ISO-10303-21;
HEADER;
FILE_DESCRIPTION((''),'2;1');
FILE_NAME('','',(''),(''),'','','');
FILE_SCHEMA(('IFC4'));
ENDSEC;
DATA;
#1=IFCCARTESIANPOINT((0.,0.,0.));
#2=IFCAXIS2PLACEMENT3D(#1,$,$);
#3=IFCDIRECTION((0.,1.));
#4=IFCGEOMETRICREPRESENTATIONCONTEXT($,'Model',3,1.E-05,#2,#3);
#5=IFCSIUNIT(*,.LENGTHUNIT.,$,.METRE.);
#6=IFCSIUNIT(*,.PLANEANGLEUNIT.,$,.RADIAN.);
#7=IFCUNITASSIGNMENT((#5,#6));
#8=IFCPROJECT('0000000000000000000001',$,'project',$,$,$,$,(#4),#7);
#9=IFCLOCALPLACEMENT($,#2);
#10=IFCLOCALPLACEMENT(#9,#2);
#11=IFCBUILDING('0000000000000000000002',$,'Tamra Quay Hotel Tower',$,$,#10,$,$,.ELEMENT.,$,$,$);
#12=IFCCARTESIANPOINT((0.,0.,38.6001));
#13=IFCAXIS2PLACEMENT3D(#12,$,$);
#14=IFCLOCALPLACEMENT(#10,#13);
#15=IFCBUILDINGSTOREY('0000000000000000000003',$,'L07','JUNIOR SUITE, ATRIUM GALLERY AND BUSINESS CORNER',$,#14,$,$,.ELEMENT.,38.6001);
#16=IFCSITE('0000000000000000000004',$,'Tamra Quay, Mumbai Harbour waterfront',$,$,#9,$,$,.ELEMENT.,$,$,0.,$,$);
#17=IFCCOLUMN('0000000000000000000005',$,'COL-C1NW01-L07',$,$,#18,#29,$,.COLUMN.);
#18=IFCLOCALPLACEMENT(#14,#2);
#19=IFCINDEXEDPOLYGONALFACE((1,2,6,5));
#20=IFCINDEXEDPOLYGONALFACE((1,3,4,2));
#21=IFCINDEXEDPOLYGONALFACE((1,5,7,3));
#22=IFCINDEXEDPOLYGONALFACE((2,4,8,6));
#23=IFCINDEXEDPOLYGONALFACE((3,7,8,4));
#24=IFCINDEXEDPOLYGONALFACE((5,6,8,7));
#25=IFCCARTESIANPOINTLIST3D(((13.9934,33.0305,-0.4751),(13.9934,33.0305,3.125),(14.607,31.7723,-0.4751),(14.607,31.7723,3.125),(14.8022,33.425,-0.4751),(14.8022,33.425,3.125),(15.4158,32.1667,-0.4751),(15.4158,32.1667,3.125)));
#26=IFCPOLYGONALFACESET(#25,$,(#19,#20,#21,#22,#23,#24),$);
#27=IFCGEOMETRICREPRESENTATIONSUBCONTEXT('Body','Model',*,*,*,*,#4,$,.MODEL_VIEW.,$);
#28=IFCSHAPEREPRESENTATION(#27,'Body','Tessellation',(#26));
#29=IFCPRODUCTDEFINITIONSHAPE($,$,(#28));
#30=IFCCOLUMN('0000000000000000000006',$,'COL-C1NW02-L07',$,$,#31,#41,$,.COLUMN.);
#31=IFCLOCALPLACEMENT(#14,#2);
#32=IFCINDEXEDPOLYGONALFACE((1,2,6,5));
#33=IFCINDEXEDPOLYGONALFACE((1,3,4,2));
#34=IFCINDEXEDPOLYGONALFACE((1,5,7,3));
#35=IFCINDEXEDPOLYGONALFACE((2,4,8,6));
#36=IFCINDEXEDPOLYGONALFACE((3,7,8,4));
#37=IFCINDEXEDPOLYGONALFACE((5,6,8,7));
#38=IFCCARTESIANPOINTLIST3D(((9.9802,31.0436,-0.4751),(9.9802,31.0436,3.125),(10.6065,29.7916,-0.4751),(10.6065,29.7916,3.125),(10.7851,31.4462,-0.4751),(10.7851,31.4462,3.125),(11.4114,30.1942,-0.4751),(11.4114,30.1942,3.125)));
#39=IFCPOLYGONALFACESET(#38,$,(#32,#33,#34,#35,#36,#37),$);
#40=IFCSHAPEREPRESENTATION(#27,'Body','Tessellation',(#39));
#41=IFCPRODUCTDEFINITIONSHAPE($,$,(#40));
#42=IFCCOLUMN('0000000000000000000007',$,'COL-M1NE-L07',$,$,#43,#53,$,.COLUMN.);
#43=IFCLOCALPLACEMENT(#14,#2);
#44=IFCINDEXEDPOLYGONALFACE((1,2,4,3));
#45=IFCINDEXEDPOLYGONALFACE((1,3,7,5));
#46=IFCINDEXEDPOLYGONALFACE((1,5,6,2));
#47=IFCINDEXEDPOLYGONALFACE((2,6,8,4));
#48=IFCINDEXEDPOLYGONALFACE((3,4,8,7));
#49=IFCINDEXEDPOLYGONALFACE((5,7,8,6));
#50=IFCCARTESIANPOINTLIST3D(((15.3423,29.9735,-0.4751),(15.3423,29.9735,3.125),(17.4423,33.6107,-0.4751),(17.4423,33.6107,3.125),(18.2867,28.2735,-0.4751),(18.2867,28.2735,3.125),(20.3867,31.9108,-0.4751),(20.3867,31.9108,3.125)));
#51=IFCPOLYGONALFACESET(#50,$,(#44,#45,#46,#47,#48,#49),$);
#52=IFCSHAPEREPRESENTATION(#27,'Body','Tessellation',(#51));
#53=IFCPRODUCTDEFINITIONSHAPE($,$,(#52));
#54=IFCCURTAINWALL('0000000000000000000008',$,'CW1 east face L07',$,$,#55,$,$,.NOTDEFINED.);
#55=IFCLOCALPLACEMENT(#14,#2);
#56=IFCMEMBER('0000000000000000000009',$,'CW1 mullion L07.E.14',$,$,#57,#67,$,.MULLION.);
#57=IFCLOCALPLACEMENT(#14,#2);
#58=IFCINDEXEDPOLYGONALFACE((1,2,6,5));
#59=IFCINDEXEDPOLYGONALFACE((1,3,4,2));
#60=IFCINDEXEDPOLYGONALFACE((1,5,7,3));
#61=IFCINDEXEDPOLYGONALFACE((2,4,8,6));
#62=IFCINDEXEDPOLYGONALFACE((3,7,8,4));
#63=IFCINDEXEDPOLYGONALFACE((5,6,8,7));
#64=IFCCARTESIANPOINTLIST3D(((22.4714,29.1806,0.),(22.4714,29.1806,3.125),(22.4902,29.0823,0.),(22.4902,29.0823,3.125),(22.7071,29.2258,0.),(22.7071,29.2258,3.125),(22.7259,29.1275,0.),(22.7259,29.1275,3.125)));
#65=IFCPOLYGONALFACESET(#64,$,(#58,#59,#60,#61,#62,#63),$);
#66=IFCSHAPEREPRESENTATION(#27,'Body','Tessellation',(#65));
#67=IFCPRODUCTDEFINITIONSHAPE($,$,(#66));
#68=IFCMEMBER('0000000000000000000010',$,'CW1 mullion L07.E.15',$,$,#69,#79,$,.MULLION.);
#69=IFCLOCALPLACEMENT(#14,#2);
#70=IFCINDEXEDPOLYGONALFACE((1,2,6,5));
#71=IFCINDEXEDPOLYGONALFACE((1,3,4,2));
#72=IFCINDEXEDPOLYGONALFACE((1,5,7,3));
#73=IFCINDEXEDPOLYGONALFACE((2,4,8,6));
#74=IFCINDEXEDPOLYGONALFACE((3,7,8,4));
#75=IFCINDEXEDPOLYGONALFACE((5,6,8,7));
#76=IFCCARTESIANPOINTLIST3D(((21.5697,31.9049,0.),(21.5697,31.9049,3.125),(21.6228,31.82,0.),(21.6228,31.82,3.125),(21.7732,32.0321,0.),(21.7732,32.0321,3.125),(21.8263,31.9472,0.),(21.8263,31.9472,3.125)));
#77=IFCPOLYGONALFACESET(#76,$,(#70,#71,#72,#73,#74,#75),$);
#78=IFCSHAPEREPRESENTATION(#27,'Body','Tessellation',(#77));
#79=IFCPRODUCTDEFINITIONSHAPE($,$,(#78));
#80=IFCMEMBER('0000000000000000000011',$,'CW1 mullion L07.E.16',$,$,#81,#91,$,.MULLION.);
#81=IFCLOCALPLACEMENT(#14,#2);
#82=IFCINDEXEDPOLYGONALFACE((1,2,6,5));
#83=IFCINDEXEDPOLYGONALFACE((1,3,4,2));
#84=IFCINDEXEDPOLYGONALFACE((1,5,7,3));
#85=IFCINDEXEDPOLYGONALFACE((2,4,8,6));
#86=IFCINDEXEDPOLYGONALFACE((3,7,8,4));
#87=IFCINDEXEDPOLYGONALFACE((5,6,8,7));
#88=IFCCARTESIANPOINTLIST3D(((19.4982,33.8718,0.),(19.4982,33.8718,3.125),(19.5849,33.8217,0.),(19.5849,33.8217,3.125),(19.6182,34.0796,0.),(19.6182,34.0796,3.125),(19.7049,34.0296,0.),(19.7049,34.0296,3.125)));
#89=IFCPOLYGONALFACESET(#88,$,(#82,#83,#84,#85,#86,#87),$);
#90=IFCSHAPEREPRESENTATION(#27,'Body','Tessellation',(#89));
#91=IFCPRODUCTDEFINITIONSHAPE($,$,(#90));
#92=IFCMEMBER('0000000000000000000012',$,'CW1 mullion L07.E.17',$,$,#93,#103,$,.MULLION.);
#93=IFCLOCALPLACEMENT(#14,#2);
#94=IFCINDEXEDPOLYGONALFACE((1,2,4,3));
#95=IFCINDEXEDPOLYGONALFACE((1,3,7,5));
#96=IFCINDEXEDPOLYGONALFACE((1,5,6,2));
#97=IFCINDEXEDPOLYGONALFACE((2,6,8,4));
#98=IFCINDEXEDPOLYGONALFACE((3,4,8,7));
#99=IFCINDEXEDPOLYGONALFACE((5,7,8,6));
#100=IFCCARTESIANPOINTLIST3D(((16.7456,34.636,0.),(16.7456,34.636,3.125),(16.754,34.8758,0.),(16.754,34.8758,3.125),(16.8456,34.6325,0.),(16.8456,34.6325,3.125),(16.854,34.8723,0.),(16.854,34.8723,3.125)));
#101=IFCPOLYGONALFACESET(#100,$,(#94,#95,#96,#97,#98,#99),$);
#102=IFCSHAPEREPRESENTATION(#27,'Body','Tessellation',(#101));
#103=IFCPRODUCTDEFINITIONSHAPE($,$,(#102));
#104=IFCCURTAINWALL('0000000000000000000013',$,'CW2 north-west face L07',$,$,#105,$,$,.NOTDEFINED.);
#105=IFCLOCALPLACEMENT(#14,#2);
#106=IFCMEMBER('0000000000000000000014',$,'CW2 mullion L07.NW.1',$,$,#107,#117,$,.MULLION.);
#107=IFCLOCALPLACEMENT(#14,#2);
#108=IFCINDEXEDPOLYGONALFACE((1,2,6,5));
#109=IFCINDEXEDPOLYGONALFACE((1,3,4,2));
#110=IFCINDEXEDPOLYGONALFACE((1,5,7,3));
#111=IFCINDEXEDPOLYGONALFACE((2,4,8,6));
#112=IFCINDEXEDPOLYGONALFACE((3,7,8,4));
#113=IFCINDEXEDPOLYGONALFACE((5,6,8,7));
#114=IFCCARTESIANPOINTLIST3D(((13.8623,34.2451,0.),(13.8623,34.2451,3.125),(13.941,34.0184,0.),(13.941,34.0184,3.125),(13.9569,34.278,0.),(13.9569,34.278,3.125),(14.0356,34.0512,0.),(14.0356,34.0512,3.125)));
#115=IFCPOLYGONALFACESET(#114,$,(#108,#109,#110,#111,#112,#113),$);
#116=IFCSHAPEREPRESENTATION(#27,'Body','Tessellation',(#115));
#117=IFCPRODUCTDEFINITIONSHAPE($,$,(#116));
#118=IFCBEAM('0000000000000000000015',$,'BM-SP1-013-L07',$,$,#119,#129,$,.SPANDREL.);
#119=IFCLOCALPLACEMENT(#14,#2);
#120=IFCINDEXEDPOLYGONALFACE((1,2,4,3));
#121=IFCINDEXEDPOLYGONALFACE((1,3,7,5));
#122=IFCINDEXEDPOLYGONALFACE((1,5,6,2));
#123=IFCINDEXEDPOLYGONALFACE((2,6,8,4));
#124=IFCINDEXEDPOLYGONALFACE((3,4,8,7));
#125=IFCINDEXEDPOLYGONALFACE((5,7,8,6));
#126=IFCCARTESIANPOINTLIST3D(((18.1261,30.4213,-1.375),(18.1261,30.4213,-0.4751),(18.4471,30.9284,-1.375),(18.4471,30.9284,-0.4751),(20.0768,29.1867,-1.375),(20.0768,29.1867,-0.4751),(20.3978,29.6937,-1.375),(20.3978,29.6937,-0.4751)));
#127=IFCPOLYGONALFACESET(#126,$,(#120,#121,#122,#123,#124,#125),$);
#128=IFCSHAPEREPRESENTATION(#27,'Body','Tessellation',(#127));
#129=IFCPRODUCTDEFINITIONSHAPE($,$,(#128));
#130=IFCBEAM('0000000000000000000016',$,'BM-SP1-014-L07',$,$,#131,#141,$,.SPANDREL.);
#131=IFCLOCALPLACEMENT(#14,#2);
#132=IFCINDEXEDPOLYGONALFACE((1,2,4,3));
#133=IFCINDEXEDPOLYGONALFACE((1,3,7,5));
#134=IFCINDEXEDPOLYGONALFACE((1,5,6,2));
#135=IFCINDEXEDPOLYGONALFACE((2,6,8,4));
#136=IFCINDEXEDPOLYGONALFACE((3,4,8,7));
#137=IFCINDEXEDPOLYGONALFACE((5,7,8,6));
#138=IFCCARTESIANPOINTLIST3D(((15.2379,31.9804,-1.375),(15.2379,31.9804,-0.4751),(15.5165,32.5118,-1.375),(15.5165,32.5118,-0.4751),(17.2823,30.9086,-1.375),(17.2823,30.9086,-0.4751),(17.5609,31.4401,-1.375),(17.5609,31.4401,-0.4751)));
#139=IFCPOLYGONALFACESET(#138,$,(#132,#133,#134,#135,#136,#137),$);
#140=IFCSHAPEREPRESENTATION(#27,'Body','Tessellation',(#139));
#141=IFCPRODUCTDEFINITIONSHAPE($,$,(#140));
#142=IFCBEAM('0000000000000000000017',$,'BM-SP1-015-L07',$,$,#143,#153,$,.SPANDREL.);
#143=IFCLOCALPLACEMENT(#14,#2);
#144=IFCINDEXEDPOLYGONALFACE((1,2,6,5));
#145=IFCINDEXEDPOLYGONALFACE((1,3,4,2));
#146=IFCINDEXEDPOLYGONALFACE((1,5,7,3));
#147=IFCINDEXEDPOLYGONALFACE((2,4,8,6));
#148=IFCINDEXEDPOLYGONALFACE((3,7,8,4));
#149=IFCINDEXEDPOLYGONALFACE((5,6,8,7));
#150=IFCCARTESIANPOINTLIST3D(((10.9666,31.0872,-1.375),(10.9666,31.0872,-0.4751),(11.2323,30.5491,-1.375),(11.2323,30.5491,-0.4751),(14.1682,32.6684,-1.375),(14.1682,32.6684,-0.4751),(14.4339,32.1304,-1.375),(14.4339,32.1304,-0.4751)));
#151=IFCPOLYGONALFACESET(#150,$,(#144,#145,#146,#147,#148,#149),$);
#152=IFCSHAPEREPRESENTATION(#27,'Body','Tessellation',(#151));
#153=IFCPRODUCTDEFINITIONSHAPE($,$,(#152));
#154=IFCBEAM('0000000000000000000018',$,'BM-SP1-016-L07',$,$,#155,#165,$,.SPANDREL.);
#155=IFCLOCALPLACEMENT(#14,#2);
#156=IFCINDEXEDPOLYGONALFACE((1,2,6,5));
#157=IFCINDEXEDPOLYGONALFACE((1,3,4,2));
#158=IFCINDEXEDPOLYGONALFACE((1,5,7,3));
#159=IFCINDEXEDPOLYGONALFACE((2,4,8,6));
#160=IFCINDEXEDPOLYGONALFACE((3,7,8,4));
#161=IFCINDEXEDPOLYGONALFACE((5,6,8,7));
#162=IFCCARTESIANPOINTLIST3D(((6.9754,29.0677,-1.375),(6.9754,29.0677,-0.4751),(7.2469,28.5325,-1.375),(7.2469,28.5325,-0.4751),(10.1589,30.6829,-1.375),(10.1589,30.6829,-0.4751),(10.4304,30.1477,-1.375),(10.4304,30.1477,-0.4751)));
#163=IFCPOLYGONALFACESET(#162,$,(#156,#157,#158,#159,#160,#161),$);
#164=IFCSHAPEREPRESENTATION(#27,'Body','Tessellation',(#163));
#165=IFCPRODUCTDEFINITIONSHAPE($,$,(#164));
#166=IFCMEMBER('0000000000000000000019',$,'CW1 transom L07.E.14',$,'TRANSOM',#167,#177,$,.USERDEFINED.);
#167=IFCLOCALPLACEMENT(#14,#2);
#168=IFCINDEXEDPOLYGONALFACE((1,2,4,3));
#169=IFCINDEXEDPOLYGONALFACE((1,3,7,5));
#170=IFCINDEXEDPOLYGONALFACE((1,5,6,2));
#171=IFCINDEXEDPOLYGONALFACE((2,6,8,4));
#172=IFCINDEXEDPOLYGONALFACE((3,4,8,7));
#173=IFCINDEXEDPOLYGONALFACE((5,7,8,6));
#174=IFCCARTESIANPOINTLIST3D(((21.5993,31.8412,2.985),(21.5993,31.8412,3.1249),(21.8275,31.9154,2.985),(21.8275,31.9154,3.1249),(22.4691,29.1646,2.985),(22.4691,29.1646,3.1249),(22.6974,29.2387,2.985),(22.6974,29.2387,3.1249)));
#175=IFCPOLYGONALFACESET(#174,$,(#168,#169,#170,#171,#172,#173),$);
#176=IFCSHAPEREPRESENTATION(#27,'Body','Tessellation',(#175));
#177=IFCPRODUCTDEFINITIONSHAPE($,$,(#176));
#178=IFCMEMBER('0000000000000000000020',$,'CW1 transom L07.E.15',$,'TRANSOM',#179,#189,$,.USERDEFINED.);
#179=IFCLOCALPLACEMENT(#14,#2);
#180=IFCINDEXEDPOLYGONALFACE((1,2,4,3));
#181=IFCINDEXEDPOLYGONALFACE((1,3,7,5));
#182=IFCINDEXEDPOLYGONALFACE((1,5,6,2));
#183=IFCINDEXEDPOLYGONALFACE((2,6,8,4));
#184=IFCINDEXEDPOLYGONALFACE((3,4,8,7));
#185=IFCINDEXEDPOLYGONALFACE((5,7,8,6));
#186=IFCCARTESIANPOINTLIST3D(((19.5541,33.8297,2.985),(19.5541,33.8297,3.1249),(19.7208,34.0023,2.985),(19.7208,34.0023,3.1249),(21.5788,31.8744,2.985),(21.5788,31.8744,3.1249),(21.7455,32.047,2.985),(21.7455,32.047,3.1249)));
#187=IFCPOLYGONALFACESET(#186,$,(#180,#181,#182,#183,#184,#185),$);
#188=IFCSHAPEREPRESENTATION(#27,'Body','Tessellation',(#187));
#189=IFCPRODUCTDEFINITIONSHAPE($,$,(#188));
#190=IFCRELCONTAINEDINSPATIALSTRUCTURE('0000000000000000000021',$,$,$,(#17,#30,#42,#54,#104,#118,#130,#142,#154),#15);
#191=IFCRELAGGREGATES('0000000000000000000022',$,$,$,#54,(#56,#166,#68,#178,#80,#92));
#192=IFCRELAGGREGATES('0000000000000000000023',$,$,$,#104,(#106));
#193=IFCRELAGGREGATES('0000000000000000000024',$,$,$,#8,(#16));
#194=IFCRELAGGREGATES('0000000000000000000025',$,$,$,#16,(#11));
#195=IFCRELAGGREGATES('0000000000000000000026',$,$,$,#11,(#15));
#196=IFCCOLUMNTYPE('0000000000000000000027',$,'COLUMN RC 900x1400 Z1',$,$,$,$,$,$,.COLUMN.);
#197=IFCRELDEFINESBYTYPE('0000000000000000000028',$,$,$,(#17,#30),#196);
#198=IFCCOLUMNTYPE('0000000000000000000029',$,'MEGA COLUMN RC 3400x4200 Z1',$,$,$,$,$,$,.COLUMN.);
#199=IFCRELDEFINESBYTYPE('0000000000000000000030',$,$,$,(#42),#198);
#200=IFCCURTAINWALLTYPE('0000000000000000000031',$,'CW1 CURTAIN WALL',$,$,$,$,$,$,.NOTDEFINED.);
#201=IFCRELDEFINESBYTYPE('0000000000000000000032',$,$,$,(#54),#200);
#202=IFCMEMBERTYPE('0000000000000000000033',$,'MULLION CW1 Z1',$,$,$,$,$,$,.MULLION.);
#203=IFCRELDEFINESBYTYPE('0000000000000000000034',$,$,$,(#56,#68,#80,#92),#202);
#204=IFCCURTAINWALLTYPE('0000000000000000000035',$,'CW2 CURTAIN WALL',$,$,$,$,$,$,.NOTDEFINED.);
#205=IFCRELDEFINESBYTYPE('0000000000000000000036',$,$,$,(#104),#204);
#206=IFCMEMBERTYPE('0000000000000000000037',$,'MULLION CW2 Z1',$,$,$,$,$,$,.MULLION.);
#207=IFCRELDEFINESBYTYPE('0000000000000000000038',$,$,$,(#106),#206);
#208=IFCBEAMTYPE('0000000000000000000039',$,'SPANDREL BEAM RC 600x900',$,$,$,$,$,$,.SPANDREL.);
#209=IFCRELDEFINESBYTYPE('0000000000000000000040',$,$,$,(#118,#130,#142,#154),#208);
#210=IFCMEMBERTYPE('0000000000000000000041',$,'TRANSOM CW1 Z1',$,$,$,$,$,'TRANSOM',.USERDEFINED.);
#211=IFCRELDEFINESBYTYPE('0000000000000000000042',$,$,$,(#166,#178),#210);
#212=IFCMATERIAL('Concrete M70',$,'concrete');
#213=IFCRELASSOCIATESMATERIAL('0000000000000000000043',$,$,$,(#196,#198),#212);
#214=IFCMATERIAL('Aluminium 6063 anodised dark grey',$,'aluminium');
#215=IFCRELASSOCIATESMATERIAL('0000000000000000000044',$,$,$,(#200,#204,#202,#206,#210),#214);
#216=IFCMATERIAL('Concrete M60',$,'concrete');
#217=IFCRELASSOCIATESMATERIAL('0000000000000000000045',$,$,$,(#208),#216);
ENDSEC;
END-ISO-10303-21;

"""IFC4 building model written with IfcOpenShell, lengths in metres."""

from ifc_helpers import new_model, si_unit, direction, frame, origin, origin_2d, place, context, subcontext, project, spatial, rectangle, extrude, material, material_profile, profile_set, type_object, element, aggregate, save


model = new_model("IFC4")

# Units and contexts
model_context = context("Model", 3, precision=1e-05, world=origin(), true_north=direction((0.0, 1.0)))
body_context = subcontext(model_context, "Body", "Model", "MODEL_VIEW")
ifc_project = project(units=[si_unit("LENGTHUNIT", "METRE"), si_unit("PLANEANGLEUNIT", "RADIAN")], contexts=[model_context])

# Site, building, storey
site_placement = place(None, origin())
site = spatial("IfcSite", under=ifc_project, at=site_placement, Name="Tamra Quay, Mumbai Harbour waterfront", CompositionType="ELEMENT", RefElevation=0.0)
building_placement = place(site_placement, origin())
building = spatial("IfcBuilding", under=site, at=building_placement, Name="Tamra Quay Hotel Tower", CompositionType="ELEMENT")
storey_placement = place(building_placement, frame((0.0, 0.0, 38.6001)))
storey = spatial("IfcBuildingStorey", under=building, at=storey_placement, Name="L07", Description="JUNIOR SUITE, ATRIUM GALLERY AND BUSINESS CORNER", CompositionType="ELEMENT", Elevation=38.6001)

# Columns
ifc_material_1 = material(Name="Concrete M70", Category="concrete")
ifc_material_profile_1 = material_profile(ifc_material_1, rectangle(XDim=1.3999, YDim=0.8999, at=origin_2d()), Name="COLUMN RC 900x1400 Z1")
ifc_profile_set_1 = profile_set([ifc_material_profile_1], Name="Concrete M70")
column_type_1 = type_object("IfcColumnType", Name="COLUMN RC 900x1400 Z1", PredefinedType="COLUMN", material=ifc_profile_set_1)
for number, where, z_axis, x_axis, name in (
    (1, (14.7046, 32.5986, -0.4751), (0.0, 0.0, 1.0), (-0.438341, 0.898809, 0.0), "COL-C1NW01-L07"),
    (2, (10.6958, 30.6189, -0.4751), (0.0, 0.0, 1.0), (-0.447377, 0.894346, 0.0), "COL-C1NW02-L07"),
):
    element("IfcColumn", number, at=place(storey_placement, frame(where, z_axis=z_axis, x_axis=x_axis)), inside=storey, type_object=column_type_1, Name=name, PredefinedType="COLUMN", context=body_context, shape_type="SweptSolid", body=[
        extrude(rectangle(XDim=1.3999, YDim=0.8999, at=origin_2d()), origin(), (0.0, 0.0, 1.0), 3.6001),
    ])
ifc_material_profile_2 = material_profile(ifc_material_1, rectangle(XDim=4.2, YDim=3.3999, at=origin_2d()), Name="MEGA COLUMN RC 3400x4200 Z1")
ifc_profile_set_2 = profile_set([ifc_material_profile_2], Name="Concrete M70")
column_type_2 = type_object("IfcColumnType", Name="MEGA COLUMN RC 3400x4200 Z1", PredefinedType="COLUMN", material=ifc_profile_set_2)
column_placement = place(storey_placement, frame((17.8645, 30.9421, -0.4751), z_axis=(0.0, 0.0, 1.0), x_axis=(0.5, 0.866025, 0.0)))
element("IfcColumn", 3, at=column_placement, inside=storey, type_object=column_type_2, Name="COL-M1NE-L07", PredefinedType="COLUMN", context=body_context, shape_type="SweptSolid", body=[
    extrude(rectangle(XDim=4.2, YDim=3.3999, at=origin_2d()), origin(), (0.0, 0.0, 1.0), 3.6001),
])

# Curtain wall, members
ifc_material_2 = material(Name="Aluminium 6063 anodised dark grey", Category="aluminium")
curtain_wall_type_1 = type_object("IfcCurtainWallType", Name="CW1 CURTAIN WALL", PredefinedType="NOTDEFINED", material=ifc_material_2)
curtain_wall_1_placement = place(storey_placement, origin())
curtain_wall_1 = element("IfcCurtainWall", 4, at=curtain_wall_1_placement, inside=storey, type_object=curtain_wall_type_1, Name="CW1 east face L07", PredefinedType="NOTDEFINED")
ifc_material_profile_3 = material_profile(ifc_material_2, rectangle(XDim=0.24, YDim=0.1001, at=origin_2d()), Name="MULLION 100X240")
ifc_profile_set_3 = profile_set([ifc_material_profile_3], Name="Aluminium 6063 anodised dark grey")
member_type_1 = type_object("IfcMemberType", Name="MULLION CW1 Z1", PredefinedType="MULLION", material=ifc_profile_set_3)
member_1_placement = place(storey_placement, frame((22.5986, 29.1541, 0.0), z_axis=(0.0, 0.0, 1.0), x_axis=(0.982095, 0.188389, 0.0)))
member_1 = element("IfcMember", 5, at=member_1_placement, type_object=member_type_1, Name="CW1 mullion L07.E.14", PredefinedType="MULLION", context=body_context, shape_type="SweptSolid", body=[
    extrude(rectangle(XDim=0.24, YDim=0.1001, at=origin_2d()), origin(), (0.0, 0.0, 1.0), 3.125),
])
member_2_placement = place(storey_placement, frame((21.698, 31.926, 0.0), z_axis=(0.0, 0.0, 1.0), x_axis=(0.848039, 0.529933, 0.0)))
member_2 = element("IfcMember", 6, at=member_2_placement, type_object=member_type_1, Name="CW1 mullion L07.E.15", PredefinedType="MULLION", context=body_context, shape_type="SweptSolid", body=[
    extrude(rectangle(XDim=0.24, YDim=0.1001, at=origin_2d()), origin(), (0.0, 0.0, 1.0), 3.125),
])
member_3_placement = place(storey_placement, frame((19.6016, 33.9507, 0.0), z_axis=(0.0, 0.0, 1.0), x_axis=(0.5, 0.866025, 0.0)))
member_3 = element("IfcMember", 7, at=member_3_placement, type_object=member_type_1, Name="CW1 mullion L07.E.16", PredefinedType="MULLION", context=body_context, shape_type="SweptSolid", body=[
    extrude(rectangle(XDim=0.24, YDim=0.1001, at=origin_2d()), origin(), (0.0, 0.0, 1.0), 3.125),
])
member_4_placement = place(storey_placement, frame((16.7998, 34.7542, 0.0), z_axis=(0.0, 0.0, 1.0), x_axis=(0.034916, 0.99939, 0.0)))
member_4 = element("IfcMember", 8, at=member_4_placement, type_object=member_type_1, Name="CW1 mullion L07.E.17", PredefinedType="MULLION", context=body_context, shape_type="SweptSolid", body=[
    extrude(rectangle(XDim=0.24, YDim=0.1001, at=origin_2d()), origin(), (0.0, 0.0, 1.0), 3.125),
])

# Curtain wall, member
curtain_wall_type_2 = type_object("IfcCurtainWallType", Name="CW2 CURTAIN WALL", PredefinedType="NOTDEFINED", material=ifc_material_2)
curtain_wall_2_placement = place(storey_placement, origin())
curtain_wall_2 = element("IfcCurtainWall", 9, at=curtain_wall_2_placement, inside=storey, type_object=curtain_wall_type_2, Name="CW2 north-west face L07", PredefinedType="NOTDEFINED")
ifc_material_profile_4 = material_profile(ifc_material_2, rectangle(XDim=0.24, YDim=0.1001, at=origin_2d()), Name="MULLION 100X240")
ifc_profile_set_4 = profile_set([ifc_material_profile_4], Name="Aluminium 6063 anodised dark grey")
member_type_2 = type_object("IfcMemberType", Name="MULLION CW2 Z1", PredefinedType="MULLION", material=ifc_profile_set_4)
member_5_placement = place(storey_placement, frame((13.949, 34.1482, 0.0), z_axis=(0.0, 0.0, 1.0), x_axis=(-0.327898, 0.944713, 0.0)))
member_5 = element("IfcMember", 10, at=member_5_placement, type_object=member_type_2, Name="CW2 mullion L07.NW.1", PredefinedType="MULLION", context=body_context, shape_type="SweptSolid", body=[
    extrude(rectangle(XDim=0.24, YDim=0.1001, at=origin_2d()), origin(), (0.0, 0.0, 1.0), 3.125),
])

# Beams
ifc_material_3 = material(Name="Concrete M60", Category="concrete")
ifc_material_profile_5 = material_profile(ifc_material_3, rectangle(XDim=0.6001, YDim=0.8999, at=origin_2d()), Name="SPANDREL BEAM RC 600x900")
ifc_profile_set_5 = profile_set([ifc_material_profile_5], Name="Concrete M60")
beam_type = type_object("IfcBeamType", Name="SPANDREL BEAM RC 600x900", PredefinedType="SPANDREL", material=ifc_profile_set_5)
beam_1_placement = place(storey_placement, frame((20.2373, 29.4402, -0.925), z_axis=(-0.844978, 0.5348, 0.0), x_axis=(-0.5348, -0.844978, 0.0)))
element("IfcBeam", 11, at=beam_1_placement, inside=storey, type_object=beam_type, Name="BM-SP1-013-L07", PredefinedType="SPANDREL", context=body_context, shape_type="SweptSolid", body=[
    extrude(rectangle(XDim=0.6001, YDim=0.8999, at=origin_2d()), origin(), (0.0, 0.0, 1.0), 2.3086),
])
beam_2_placement = place(storey_placement, frame((17.4216, 31.1743, -0.925), z_axis=(-0.885674, 0.464307, 0.0), x_axis=(-0.464307, -0.885674, 0.0)))
element("IfcBeam", 12, at=beam_2_placement, inside=storey, type_object=beam_type, Name="BM-SP1-014-L07", PredefinedType="SPANDREL", context=body_context, shape_type="SweptSolid", body=[
    extrude(rectangle(XDim=0.6001, YDim=0.8999, at=origin_2d()), origin(), (0.0, 0.0, 1.0), 2.3083),
])
beam_3_placement = place(storey_placement, frame((14.301, 32.3994, -0.925), z_axis=(-0.896604, -0.442833, 0.0), x_axis=(0.442833, -0.896604, 0.0)))
element("IfcBeam", 13, at=beam_3_placement, inside=storey, type_object=beam_type, Name="BM-SP1-015-L07", PredefinedType="SPANDREL", context=body_context, shape_type="SweptSolid", body=[
    extrude(rectangle(XDim=0.6001, YDim=0.8999, at=origin_2d()), origin(), (0.0, 0.0, 1.0), 3.5708),
])
beam_4_placement = place(storey_placement, frame((10.2947, 30.4153, -0.925), z_axis=(-0.891786, -0.452458, 0.0), x_axis=(0.452458, -0.891786, 0.0)))
element("IfcBeam", 14, at=beam_4_placement, inside=storey, type_object=beam_type, Name="BM-SP1-016-L07", PredefinedType="SPANDREL", context=body_context, shape_type="SweptSolid", body=[
    extrude(rectangle(XDim=0.6001, YDim=0.8999, at=origin_2d()), origin(), (0.0, 0.0, 1.0), 3.5698),
])

# Members
ifc_material_profile_6 = material_profile(ifc_material_2, rectangle(XDim=0.24, YDim=0.1399, at=origin_2d()), Name="TRANSOM 240X140")
ifc_profile_set_6 = profile_set([ifc_material_profile_6], Name="Aluminium 6063 anodised dark grey")
member_type_3 = type_object("IfcMemberType", Name="TRANSOM CW1 Z1", ElementType="TRANSOM", PredefinedType="USERDEFINED", material=ifc_profile_set_6)
member_6_placement = place(storey_placement, frame((22.5833, 29.2017, 3.0549), z_axis=(-0.309063, 0.951042, 0.0), x_axis=(-0.951042, -0.309063, 0.0)))
member_6 = element("IfcMember", 15, at=member_6_placement, type_object=member_type_3, Name="CW1 transom L07.E.14", ObjectType="TRANSOM", PredefinedType="USERDEFINED", context=body_context, shape_type="SweptSolid", body=[
    extrude(rectangle(XDim=0.24, YDim=0.1399, at=origin_2d()), origin(), (0.0, 0.0, 1.0), 2.8145),
])
member_7_placement = place(storey_placement, frame((21.6621, 31.9607, 3.0549), z_axis=(-0.719316, 0.694683, 0.0), x_axis=(-0.694683, -0.719316, 0.0)))
member_7 = element("IfcMember", 16, at=member_7_placement, type_object=member_type_3, Name="CW1 transom L07.E.15", ObjectType="TRANSOM", PredefinedType="USERDEFINED", context=body_context, shape_type="SweptSolid", body=[
    extrude(rectangle(XDim=0.24, YDim=0.1399, at=origin_2d()), origin(), (0.0, 0.0, 1.0), 2.8147),
])

aggregate(curtain_wall_1, [member_1, member_6, member_2, member_7, member_3, member_4])
aggregate(curtain_wall_2, [member_5])

save(model, "model.ifc")
